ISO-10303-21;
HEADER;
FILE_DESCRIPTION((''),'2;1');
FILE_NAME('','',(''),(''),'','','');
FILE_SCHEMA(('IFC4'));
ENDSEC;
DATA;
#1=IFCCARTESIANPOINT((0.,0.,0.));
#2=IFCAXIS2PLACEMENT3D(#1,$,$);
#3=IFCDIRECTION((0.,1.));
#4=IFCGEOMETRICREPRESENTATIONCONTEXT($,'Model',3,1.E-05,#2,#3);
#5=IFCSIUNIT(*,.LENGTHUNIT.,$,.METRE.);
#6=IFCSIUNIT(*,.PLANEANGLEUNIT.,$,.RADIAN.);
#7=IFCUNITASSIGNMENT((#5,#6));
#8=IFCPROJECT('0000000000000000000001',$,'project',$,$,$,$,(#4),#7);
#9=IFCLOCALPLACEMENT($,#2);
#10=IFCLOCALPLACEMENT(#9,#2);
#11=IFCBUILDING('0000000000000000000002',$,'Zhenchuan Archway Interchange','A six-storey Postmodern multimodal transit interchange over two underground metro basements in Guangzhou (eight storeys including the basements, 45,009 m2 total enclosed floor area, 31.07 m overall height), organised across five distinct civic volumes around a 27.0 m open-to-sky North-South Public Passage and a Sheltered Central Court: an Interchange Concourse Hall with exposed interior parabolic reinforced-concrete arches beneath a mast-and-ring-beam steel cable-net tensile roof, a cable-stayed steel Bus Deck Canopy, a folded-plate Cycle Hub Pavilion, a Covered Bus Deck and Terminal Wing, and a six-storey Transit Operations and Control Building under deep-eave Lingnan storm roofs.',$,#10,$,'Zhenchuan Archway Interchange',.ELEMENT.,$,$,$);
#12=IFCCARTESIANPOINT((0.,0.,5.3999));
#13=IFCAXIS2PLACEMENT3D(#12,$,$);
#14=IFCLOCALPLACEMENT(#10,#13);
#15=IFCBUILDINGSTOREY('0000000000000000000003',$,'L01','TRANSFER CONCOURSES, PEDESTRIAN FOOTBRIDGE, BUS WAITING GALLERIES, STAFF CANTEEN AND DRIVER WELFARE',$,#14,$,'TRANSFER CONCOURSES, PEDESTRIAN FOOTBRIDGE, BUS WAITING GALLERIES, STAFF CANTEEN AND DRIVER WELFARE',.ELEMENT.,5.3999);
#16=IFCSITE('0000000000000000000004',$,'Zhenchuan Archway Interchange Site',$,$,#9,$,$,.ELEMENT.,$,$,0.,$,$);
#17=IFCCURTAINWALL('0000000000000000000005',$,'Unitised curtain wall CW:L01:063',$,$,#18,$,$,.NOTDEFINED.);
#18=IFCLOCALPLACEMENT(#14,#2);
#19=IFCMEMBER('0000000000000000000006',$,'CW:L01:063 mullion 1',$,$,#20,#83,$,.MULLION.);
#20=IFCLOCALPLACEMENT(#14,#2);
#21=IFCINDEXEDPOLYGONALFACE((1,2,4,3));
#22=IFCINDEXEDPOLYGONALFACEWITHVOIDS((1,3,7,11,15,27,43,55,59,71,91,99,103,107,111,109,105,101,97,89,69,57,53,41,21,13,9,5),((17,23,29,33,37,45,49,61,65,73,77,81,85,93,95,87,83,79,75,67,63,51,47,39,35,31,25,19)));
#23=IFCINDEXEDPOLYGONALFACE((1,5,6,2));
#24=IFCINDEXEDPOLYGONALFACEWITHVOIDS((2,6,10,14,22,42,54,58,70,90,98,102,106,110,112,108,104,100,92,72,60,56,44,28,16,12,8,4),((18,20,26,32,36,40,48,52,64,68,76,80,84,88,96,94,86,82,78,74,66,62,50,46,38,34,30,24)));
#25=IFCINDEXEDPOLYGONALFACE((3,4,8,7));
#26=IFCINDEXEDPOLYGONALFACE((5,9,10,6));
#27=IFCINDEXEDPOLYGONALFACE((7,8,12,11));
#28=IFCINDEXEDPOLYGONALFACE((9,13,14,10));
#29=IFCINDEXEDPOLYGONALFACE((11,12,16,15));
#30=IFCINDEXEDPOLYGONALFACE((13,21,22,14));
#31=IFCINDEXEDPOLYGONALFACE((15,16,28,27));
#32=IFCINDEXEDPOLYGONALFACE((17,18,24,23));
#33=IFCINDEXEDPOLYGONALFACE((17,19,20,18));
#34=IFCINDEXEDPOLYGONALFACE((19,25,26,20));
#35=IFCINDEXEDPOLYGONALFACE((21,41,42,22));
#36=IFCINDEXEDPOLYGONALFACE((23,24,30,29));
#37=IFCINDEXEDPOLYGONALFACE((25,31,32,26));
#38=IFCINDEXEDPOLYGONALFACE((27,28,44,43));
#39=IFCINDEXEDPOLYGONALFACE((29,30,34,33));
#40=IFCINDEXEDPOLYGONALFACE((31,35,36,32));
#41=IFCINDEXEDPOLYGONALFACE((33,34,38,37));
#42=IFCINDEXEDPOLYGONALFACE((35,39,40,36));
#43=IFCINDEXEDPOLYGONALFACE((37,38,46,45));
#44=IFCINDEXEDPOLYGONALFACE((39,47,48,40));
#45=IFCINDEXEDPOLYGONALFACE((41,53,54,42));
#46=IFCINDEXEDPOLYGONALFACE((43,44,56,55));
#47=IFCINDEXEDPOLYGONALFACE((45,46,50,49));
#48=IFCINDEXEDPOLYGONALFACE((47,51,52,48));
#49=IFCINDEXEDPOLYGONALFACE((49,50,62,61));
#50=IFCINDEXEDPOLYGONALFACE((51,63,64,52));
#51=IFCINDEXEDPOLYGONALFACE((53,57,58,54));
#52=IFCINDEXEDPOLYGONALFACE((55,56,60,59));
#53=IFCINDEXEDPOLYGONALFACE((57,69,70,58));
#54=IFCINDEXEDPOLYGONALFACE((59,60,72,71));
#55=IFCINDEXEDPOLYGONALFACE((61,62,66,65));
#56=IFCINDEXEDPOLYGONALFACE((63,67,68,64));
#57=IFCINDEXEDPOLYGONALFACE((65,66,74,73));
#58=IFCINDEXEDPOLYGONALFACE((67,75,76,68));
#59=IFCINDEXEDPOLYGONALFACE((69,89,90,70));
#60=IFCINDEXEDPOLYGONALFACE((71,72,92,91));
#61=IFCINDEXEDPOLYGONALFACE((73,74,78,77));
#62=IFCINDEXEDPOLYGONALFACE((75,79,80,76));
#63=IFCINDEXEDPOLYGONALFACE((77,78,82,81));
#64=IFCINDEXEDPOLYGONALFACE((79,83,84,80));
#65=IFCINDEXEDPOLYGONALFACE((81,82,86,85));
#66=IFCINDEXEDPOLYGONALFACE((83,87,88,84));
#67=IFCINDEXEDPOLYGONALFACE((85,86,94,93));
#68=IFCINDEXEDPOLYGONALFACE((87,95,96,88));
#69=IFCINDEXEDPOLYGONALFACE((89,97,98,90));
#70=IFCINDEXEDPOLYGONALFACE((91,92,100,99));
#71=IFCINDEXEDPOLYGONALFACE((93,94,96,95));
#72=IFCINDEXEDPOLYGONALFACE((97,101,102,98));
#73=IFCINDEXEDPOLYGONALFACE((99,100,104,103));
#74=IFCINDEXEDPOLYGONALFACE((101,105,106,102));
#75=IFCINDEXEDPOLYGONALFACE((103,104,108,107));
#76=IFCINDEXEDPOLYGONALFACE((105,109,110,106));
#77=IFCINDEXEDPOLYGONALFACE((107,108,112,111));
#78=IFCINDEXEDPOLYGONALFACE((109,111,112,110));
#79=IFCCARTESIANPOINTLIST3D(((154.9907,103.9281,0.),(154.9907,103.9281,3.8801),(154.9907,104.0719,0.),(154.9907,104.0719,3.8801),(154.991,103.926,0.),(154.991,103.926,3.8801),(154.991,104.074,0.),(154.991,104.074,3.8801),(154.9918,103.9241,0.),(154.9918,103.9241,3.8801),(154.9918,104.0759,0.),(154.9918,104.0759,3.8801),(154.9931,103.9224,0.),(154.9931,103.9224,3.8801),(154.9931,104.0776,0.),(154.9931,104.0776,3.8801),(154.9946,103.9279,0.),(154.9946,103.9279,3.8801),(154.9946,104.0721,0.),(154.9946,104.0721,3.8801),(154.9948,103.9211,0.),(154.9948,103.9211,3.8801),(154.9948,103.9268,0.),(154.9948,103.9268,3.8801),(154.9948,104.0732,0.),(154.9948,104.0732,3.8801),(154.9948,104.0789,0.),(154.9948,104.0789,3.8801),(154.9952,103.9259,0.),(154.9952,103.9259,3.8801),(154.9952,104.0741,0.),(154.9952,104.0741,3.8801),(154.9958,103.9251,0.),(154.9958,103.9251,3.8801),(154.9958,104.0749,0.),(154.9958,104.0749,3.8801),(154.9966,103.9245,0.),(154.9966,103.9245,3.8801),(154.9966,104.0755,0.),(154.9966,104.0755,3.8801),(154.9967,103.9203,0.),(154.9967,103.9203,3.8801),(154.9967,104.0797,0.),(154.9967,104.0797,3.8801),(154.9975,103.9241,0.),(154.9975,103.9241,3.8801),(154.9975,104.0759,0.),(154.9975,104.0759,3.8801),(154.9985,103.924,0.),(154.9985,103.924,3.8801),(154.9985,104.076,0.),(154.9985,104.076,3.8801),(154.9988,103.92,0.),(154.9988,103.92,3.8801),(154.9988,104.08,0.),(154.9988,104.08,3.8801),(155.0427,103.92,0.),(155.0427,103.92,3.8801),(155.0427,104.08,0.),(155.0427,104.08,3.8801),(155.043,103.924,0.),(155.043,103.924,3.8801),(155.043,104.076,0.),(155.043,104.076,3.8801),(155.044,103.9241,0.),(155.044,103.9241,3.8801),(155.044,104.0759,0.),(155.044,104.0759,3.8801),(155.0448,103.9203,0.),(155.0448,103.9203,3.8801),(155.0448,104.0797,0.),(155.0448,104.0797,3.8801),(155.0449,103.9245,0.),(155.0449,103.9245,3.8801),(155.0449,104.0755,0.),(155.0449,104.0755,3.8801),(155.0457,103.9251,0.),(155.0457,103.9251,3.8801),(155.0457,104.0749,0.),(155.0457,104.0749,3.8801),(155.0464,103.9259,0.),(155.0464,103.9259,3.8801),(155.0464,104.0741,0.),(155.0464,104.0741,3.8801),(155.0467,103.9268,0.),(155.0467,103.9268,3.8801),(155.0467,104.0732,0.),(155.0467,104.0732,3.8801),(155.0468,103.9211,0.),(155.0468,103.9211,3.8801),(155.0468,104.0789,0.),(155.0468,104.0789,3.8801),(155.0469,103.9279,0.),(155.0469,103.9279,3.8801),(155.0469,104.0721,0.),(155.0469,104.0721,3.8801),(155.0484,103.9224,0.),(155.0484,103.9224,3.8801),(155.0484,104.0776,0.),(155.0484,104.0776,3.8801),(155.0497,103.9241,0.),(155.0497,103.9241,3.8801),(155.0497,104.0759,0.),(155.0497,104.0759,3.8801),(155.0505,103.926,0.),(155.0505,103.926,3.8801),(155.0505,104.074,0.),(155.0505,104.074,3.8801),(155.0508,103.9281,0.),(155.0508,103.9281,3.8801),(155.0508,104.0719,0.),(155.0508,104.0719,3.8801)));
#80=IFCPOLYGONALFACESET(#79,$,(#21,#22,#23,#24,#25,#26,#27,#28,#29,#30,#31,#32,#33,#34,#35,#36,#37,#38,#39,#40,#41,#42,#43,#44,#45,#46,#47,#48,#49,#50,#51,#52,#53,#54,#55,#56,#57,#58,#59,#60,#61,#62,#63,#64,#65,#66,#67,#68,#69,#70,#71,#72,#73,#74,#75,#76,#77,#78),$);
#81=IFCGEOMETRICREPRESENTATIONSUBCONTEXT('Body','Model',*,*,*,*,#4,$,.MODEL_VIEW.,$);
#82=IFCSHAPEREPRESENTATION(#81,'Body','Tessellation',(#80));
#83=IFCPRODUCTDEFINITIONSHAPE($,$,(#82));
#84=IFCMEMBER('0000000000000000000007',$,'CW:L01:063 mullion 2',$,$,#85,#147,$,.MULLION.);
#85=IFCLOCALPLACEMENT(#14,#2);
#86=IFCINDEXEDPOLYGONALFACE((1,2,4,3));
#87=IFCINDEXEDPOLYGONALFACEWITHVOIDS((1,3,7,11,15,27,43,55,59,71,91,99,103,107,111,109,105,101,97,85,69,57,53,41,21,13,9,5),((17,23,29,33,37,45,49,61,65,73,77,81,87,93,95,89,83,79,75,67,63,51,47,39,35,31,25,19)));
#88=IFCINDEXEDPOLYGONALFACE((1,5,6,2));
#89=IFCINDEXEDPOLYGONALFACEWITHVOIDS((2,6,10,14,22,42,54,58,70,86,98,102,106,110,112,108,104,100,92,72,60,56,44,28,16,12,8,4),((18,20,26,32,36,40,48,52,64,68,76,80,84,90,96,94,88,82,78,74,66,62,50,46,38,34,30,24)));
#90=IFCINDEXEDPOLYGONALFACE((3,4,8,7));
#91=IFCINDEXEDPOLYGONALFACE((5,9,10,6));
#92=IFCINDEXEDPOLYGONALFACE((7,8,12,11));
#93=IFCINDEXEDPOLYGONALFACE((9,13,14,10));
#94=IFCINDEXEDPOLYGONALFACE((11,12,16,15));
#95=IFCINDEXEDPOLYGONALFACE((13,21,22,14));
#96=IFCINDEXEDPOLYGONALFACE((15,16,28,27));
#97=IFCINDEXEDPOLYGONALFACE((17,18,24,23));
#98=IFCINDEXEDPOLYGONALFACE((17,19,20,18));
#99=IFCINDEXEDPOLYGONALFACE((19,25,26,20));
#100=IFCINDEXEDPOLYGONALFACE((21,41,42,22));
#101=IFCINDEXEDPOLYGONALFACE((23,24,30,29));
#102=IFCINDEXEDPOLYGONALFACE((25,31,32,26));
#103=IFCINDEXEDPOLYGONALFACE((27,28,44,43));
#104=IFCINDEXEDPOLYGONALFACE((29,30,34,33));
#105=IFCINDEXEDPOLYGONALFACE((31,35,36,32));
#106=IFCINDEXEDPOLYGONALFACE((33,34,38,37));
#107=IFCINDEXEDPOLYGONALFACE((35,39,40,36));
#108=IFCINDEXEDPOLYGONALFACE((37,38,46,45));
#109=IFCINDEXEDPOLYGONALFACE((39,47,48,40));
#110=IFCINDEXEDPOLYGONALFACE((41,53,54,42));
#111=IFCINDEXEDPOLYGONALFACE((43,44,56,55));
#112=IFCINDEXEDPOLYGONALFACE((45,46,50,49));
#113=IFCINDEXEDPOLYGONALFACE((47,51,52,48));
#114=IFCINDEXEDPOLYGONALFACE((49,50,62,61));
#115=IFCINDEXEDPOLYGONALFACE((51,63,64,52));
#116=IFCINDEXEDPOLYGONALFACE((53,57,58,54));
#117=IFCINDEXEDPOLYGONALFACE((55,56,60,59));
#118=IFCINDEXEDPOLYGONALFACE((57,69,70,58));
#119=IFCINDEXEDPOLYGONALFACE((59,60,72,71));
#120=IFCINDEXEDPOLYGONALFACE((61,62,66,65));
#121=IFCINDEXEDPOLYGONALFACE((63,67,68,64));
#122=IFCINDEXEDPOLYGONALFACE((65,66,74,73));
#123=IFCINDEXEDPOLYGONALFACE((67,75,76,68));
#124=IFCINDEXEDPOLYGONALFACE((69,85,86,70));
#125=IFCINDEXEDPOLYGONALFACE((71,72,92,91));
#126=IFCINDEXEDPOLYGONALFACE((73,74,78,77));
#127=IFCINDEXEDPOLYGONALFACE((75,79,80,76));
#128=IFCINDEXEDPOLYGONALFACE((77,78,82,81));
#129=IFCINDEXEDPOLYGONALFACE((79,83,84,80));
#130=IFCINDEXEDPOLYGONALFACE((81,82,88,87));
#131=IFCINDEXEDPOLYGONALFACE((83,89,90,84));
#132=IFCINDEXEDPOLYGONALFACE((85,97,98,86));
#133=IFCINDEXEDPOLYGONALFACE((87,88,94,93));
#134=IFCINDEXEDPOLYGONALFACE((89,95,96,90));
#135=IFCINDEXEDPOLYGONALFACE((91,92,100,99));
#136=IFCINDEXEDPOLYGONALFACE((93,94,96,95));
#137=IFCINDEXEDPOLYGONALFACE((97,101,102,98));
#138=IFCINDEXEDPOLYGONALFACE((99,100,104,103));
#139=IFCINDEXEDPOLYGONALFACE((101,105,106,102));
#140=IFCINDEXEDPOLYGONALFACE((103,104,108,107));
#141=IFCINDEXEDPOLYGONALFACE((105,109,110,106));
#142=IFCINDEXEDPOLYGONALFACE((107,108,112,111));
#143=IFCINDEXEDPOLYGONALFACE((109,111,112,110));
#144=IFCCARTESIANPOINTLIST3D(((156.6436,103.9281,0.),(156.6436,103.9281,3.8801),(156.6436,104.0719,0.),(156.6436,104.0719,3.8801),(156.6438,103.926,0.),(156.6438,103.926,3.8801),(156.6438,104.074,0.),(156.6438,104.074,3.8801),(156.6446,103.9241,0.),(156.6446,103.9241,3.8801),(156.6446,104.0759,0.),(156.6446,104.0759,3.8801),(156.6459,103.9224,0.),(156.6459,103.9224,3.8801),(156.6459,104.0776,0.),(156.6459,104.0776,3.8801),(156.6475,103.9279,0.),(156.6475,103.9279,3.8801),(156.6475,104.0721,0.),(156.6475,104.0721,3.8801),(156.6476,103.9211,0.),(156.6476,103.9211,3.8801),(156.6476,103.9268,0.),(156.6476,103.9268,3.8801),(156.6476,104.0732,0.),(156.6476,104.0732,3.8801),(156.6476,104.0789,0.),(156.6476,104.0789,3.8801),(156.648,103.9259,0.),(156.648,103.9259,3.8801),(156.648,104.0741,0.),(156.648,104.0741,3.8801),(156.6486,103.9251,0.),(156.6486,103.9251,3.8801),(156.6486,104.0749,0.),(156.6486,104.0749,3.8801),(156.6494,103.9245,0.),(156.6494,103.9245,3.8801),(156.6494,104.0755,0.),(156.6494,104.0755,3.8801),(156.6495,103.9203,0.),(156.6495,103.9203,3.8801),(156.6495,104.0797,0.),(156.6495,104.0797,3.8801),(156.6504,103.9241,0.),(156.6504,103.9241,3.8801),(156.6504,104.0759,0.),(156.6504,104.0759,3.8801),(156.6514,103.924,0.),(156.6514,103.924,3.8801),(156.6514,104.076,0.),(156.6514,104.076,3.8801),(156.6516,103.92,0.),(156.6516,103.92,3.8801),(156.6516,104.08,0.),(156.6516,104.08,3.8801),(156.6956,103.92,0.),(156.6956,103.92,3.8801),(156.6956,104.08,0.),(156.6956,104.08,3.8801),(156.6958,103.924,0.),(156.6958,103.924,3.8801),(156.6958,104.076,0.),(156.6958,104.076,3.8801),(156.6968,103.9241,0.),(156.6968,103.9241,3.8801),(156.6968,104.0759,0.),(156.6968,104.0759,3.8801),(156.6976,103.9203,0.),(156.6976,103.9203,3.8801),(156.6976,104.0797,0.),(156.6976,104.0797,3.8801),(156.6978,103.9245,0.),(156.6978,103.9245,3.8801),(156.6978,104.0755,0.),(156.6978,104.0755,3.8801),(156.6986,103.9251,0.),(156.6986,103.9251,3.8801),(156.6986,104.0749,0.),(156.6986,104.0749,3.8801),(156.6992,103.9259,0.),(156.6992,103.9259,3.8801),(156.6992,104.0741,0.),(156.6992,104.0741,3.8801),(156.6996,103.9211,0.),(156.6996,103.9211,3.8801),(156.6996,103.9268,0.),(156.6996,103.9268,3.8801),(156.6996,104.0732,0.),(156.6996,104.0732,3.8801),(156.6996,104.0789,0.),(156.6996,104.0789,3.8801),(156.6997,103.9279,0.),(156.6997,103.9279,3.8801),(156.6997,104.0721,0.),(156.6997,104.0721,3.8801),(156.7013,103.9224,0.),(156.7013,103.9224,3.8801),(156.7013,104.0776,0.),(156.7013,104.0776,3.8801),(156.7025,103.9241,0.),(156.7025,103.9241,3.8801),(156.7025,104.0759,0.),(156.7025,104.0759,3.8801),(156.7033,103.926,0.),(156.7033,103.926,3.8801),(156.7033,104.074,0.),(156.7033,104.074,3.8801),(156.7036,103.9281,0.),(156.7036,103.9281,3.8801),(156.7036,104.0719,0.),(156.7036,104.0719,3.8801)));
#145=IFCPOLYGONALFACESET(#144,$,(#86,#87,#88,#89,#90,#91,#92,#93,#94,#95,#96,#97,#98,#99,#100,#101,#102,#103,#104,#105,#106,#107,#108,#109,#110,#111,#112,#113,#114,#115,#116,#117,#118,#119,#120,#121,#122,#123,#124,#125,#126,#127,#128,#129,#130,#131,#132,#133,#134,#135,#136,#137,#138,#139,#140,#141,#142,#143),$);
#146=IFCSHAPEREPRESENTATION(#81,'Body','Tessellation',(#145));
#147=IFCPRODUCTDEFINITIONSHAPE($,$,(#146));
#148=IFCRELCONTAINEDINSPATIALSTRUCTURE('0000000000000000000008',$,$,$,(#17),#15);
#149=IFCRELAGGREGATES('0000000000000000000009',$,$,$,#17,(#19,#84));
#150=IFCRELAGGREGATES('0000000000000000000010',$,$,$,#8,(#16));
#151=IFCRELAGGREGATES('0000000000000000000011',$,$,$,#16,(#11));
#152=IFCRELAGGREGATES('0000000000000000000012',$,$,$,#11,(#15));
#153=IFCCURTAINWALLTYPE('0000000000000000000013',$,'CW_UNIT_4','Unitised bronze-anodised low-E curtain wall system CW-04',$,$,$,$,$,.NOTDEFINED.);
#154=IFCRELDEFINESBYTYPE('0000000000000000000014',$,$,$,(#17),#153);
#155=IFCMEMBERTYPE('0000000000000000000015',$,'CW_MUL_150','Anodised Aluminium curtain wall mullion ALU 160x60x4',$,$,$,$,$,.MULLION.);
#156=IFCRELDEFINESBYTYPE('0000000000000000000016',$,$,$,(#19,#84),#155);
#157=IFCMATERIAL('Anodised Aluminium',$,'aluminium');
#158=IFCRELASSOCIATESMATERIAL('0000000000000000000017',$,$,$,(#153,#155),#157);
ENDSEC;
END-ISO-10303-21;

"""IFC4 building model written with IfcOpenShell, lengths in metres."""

from ifc_helpers import new_model, si_unit, direction, frame, origin, origin_2d, place, context, subcontext, project, spatial, hollow_rectangle, extrude, material, material_profile, profile_set, type_object, element, aggregate, save


model = new_model("IFC4")

# Units and contexts
model_context = context("Model", 3, precision=1e-05, world=origin(), true_north=direction((0.0, 1.0)))
body_context = subcontext(model_context, "Body", "Model", "MODEL_VIEW")
ifc_project = project(units=[si_unit("LENGTHUNIT", "METRE"), si_unit("PLANEANGLEUNIT", "RADIAN")], contexts=[model_context])

# Site, building, storey
site_placement = place(None, origin())
site = spatial("IfcSite", under=ifc_project, at=site_placement, Name="Zhenchuan Archway Interchange Site", CompositionType="ELEMENT", RefElevation=0.0)
building_placement = place(site_placement, origin())
building = spatial("IfcBuilding", under=site, at=building_placement, Name="Zhenchuan Archway Interchange", Description="A six-storey Postmodern multimodal transit interchange over two underground metro basements in Guangzhou (eight storeys including the basements, 45,009 m2 total enclosed floor area, 31.07 m overall height), organised across five distinct civic volumes around a 27.0 m open-to-sky North-South Public Passage and a Sheltered Central Court: an Interchange Concourse Hall with exposed interior parabolic reinforced-concrete arches beneath a mast-and-ring-beam steel cable-net tensile roof, a cable-stayed steel Bus Deck Canopy, a folded-plate Cycle Hub Pavilion, a Covered Bus Deck and Terminal Wing, and a six-storey Transit Operations and Control Building under deep-eave Lingnan storm roofs.", LongName="Zhenchuan Archway Interchange", CompositionType="ELEMENT")
storey_placement = place(building_placement, frame((0.0, 0.0, 5.3999)))
storey = spatial("IfcBuildingStorey", under=building, at=storey_placement, Name="L01", Description="TRANSFER CONCOURSES, PEDESTRIAN FOOTBRIDGE, BUS WAITING GALLERIES, STAFF CANTEEN AND DRIVER WELFARE", LongName="TRANSFER CONCOURSES, PEDESTRIAN FOOTBRIDGE, BUS WAITING GALLERIES, STAFF CANTEEN AND DRIVER WELFARE", CompositionType="ELEMENT", Elevation=5.3999)

# Curtain wall, members
ifc_material_1 = material(Name="Anodised Aluminium", Category="aluminium")
curtain_wall_type = type_object("IfcCurtainWallType", Name="CW_UNIT_4", Description="Unitised bronze-anodised low-E curtain wall system CW-04", PredefinedType="NOTDEFINED", material=ifc_material_1)
curtain_wall_placement = place(storey_placement, origin())
curtain_wall = element("IfcCurtainWall", 1, at=curtain_wall_placement, inside=storey, type_object=curtain_wall_type, Name="Unitised curtain wall CW:L01:063", PredefinedType="NOTDEFINED")
ifc_material_profile_1 = material_profile(ifc_material_1, hollow_rectangle(XDim=0.0601, YDim=0.1599, WallThickness=0.0039, InnerFilletRadius=0.0039, OuterFilletRadius=0.0081, at=origin_2d()), Name="ALU 160x60x4")
ifc_profile_set_1 = profile_set([ifc_material_profile_1], Name="Anodised Aluminium")
member_type_1 = type_object("IfcMemberType", Name="CW_MUL_150", Description="Anodised Aluminium curtain wall mullion ALU 160x60x4", PredefinedType="MULLION", material=ifc_profile_set_1)
member_1_placement = place(storey_placement, frame((155.0208, 104.0, 0.0), z_axis=(0.0, 0.0, 1.0), x_axis=(1.0, 0.0, 0.0)))
member_1 = element("IfcMember", 2, at=member_1_placement, type_object=member_type_1, Name="CW:L01:063 mullion 1", PredefinedType="MULLION", context=body_context, shape_type="SweptSolid", body=[
    extrude(hollow_rectangle(XDim=0.0601, YDim=0.1599, WallThickness=0.0039, InnerFilletRadius=0.0039, OuterFilletRadius=0.0081, at=origin_2d()), origin(), (0.0, 0.0, 1.0), 3.8801),
])
member_2_placement = place(storey_placement, frame((156.6736, 104.0, 0.0), z_axis=(0.0, 0.0, 1.0), x_axis=(1.0, 0.0, 0.0)))
member_2 = element("IfcMember", 3, at=member_2_placement, type_object=member_type_1, Name="CW:L01:063 mullion 2", PredefinedType="MULLION", context=body_context, shape_type="SweptSolid", body=[
    extrude(hollow_rectangle(XDim=0.0601, YDim=0.1599, WallThickness=0.0039, InnerFilletRadius=0.0039, OuterFilletRadius=0.0081, at=origin_2d()), origin(), (0.0, 0.0, 1.0), 3.8801),
])
aggregate(curtain_wall, [member_1, member_2])

save(model, "model.ifc")
